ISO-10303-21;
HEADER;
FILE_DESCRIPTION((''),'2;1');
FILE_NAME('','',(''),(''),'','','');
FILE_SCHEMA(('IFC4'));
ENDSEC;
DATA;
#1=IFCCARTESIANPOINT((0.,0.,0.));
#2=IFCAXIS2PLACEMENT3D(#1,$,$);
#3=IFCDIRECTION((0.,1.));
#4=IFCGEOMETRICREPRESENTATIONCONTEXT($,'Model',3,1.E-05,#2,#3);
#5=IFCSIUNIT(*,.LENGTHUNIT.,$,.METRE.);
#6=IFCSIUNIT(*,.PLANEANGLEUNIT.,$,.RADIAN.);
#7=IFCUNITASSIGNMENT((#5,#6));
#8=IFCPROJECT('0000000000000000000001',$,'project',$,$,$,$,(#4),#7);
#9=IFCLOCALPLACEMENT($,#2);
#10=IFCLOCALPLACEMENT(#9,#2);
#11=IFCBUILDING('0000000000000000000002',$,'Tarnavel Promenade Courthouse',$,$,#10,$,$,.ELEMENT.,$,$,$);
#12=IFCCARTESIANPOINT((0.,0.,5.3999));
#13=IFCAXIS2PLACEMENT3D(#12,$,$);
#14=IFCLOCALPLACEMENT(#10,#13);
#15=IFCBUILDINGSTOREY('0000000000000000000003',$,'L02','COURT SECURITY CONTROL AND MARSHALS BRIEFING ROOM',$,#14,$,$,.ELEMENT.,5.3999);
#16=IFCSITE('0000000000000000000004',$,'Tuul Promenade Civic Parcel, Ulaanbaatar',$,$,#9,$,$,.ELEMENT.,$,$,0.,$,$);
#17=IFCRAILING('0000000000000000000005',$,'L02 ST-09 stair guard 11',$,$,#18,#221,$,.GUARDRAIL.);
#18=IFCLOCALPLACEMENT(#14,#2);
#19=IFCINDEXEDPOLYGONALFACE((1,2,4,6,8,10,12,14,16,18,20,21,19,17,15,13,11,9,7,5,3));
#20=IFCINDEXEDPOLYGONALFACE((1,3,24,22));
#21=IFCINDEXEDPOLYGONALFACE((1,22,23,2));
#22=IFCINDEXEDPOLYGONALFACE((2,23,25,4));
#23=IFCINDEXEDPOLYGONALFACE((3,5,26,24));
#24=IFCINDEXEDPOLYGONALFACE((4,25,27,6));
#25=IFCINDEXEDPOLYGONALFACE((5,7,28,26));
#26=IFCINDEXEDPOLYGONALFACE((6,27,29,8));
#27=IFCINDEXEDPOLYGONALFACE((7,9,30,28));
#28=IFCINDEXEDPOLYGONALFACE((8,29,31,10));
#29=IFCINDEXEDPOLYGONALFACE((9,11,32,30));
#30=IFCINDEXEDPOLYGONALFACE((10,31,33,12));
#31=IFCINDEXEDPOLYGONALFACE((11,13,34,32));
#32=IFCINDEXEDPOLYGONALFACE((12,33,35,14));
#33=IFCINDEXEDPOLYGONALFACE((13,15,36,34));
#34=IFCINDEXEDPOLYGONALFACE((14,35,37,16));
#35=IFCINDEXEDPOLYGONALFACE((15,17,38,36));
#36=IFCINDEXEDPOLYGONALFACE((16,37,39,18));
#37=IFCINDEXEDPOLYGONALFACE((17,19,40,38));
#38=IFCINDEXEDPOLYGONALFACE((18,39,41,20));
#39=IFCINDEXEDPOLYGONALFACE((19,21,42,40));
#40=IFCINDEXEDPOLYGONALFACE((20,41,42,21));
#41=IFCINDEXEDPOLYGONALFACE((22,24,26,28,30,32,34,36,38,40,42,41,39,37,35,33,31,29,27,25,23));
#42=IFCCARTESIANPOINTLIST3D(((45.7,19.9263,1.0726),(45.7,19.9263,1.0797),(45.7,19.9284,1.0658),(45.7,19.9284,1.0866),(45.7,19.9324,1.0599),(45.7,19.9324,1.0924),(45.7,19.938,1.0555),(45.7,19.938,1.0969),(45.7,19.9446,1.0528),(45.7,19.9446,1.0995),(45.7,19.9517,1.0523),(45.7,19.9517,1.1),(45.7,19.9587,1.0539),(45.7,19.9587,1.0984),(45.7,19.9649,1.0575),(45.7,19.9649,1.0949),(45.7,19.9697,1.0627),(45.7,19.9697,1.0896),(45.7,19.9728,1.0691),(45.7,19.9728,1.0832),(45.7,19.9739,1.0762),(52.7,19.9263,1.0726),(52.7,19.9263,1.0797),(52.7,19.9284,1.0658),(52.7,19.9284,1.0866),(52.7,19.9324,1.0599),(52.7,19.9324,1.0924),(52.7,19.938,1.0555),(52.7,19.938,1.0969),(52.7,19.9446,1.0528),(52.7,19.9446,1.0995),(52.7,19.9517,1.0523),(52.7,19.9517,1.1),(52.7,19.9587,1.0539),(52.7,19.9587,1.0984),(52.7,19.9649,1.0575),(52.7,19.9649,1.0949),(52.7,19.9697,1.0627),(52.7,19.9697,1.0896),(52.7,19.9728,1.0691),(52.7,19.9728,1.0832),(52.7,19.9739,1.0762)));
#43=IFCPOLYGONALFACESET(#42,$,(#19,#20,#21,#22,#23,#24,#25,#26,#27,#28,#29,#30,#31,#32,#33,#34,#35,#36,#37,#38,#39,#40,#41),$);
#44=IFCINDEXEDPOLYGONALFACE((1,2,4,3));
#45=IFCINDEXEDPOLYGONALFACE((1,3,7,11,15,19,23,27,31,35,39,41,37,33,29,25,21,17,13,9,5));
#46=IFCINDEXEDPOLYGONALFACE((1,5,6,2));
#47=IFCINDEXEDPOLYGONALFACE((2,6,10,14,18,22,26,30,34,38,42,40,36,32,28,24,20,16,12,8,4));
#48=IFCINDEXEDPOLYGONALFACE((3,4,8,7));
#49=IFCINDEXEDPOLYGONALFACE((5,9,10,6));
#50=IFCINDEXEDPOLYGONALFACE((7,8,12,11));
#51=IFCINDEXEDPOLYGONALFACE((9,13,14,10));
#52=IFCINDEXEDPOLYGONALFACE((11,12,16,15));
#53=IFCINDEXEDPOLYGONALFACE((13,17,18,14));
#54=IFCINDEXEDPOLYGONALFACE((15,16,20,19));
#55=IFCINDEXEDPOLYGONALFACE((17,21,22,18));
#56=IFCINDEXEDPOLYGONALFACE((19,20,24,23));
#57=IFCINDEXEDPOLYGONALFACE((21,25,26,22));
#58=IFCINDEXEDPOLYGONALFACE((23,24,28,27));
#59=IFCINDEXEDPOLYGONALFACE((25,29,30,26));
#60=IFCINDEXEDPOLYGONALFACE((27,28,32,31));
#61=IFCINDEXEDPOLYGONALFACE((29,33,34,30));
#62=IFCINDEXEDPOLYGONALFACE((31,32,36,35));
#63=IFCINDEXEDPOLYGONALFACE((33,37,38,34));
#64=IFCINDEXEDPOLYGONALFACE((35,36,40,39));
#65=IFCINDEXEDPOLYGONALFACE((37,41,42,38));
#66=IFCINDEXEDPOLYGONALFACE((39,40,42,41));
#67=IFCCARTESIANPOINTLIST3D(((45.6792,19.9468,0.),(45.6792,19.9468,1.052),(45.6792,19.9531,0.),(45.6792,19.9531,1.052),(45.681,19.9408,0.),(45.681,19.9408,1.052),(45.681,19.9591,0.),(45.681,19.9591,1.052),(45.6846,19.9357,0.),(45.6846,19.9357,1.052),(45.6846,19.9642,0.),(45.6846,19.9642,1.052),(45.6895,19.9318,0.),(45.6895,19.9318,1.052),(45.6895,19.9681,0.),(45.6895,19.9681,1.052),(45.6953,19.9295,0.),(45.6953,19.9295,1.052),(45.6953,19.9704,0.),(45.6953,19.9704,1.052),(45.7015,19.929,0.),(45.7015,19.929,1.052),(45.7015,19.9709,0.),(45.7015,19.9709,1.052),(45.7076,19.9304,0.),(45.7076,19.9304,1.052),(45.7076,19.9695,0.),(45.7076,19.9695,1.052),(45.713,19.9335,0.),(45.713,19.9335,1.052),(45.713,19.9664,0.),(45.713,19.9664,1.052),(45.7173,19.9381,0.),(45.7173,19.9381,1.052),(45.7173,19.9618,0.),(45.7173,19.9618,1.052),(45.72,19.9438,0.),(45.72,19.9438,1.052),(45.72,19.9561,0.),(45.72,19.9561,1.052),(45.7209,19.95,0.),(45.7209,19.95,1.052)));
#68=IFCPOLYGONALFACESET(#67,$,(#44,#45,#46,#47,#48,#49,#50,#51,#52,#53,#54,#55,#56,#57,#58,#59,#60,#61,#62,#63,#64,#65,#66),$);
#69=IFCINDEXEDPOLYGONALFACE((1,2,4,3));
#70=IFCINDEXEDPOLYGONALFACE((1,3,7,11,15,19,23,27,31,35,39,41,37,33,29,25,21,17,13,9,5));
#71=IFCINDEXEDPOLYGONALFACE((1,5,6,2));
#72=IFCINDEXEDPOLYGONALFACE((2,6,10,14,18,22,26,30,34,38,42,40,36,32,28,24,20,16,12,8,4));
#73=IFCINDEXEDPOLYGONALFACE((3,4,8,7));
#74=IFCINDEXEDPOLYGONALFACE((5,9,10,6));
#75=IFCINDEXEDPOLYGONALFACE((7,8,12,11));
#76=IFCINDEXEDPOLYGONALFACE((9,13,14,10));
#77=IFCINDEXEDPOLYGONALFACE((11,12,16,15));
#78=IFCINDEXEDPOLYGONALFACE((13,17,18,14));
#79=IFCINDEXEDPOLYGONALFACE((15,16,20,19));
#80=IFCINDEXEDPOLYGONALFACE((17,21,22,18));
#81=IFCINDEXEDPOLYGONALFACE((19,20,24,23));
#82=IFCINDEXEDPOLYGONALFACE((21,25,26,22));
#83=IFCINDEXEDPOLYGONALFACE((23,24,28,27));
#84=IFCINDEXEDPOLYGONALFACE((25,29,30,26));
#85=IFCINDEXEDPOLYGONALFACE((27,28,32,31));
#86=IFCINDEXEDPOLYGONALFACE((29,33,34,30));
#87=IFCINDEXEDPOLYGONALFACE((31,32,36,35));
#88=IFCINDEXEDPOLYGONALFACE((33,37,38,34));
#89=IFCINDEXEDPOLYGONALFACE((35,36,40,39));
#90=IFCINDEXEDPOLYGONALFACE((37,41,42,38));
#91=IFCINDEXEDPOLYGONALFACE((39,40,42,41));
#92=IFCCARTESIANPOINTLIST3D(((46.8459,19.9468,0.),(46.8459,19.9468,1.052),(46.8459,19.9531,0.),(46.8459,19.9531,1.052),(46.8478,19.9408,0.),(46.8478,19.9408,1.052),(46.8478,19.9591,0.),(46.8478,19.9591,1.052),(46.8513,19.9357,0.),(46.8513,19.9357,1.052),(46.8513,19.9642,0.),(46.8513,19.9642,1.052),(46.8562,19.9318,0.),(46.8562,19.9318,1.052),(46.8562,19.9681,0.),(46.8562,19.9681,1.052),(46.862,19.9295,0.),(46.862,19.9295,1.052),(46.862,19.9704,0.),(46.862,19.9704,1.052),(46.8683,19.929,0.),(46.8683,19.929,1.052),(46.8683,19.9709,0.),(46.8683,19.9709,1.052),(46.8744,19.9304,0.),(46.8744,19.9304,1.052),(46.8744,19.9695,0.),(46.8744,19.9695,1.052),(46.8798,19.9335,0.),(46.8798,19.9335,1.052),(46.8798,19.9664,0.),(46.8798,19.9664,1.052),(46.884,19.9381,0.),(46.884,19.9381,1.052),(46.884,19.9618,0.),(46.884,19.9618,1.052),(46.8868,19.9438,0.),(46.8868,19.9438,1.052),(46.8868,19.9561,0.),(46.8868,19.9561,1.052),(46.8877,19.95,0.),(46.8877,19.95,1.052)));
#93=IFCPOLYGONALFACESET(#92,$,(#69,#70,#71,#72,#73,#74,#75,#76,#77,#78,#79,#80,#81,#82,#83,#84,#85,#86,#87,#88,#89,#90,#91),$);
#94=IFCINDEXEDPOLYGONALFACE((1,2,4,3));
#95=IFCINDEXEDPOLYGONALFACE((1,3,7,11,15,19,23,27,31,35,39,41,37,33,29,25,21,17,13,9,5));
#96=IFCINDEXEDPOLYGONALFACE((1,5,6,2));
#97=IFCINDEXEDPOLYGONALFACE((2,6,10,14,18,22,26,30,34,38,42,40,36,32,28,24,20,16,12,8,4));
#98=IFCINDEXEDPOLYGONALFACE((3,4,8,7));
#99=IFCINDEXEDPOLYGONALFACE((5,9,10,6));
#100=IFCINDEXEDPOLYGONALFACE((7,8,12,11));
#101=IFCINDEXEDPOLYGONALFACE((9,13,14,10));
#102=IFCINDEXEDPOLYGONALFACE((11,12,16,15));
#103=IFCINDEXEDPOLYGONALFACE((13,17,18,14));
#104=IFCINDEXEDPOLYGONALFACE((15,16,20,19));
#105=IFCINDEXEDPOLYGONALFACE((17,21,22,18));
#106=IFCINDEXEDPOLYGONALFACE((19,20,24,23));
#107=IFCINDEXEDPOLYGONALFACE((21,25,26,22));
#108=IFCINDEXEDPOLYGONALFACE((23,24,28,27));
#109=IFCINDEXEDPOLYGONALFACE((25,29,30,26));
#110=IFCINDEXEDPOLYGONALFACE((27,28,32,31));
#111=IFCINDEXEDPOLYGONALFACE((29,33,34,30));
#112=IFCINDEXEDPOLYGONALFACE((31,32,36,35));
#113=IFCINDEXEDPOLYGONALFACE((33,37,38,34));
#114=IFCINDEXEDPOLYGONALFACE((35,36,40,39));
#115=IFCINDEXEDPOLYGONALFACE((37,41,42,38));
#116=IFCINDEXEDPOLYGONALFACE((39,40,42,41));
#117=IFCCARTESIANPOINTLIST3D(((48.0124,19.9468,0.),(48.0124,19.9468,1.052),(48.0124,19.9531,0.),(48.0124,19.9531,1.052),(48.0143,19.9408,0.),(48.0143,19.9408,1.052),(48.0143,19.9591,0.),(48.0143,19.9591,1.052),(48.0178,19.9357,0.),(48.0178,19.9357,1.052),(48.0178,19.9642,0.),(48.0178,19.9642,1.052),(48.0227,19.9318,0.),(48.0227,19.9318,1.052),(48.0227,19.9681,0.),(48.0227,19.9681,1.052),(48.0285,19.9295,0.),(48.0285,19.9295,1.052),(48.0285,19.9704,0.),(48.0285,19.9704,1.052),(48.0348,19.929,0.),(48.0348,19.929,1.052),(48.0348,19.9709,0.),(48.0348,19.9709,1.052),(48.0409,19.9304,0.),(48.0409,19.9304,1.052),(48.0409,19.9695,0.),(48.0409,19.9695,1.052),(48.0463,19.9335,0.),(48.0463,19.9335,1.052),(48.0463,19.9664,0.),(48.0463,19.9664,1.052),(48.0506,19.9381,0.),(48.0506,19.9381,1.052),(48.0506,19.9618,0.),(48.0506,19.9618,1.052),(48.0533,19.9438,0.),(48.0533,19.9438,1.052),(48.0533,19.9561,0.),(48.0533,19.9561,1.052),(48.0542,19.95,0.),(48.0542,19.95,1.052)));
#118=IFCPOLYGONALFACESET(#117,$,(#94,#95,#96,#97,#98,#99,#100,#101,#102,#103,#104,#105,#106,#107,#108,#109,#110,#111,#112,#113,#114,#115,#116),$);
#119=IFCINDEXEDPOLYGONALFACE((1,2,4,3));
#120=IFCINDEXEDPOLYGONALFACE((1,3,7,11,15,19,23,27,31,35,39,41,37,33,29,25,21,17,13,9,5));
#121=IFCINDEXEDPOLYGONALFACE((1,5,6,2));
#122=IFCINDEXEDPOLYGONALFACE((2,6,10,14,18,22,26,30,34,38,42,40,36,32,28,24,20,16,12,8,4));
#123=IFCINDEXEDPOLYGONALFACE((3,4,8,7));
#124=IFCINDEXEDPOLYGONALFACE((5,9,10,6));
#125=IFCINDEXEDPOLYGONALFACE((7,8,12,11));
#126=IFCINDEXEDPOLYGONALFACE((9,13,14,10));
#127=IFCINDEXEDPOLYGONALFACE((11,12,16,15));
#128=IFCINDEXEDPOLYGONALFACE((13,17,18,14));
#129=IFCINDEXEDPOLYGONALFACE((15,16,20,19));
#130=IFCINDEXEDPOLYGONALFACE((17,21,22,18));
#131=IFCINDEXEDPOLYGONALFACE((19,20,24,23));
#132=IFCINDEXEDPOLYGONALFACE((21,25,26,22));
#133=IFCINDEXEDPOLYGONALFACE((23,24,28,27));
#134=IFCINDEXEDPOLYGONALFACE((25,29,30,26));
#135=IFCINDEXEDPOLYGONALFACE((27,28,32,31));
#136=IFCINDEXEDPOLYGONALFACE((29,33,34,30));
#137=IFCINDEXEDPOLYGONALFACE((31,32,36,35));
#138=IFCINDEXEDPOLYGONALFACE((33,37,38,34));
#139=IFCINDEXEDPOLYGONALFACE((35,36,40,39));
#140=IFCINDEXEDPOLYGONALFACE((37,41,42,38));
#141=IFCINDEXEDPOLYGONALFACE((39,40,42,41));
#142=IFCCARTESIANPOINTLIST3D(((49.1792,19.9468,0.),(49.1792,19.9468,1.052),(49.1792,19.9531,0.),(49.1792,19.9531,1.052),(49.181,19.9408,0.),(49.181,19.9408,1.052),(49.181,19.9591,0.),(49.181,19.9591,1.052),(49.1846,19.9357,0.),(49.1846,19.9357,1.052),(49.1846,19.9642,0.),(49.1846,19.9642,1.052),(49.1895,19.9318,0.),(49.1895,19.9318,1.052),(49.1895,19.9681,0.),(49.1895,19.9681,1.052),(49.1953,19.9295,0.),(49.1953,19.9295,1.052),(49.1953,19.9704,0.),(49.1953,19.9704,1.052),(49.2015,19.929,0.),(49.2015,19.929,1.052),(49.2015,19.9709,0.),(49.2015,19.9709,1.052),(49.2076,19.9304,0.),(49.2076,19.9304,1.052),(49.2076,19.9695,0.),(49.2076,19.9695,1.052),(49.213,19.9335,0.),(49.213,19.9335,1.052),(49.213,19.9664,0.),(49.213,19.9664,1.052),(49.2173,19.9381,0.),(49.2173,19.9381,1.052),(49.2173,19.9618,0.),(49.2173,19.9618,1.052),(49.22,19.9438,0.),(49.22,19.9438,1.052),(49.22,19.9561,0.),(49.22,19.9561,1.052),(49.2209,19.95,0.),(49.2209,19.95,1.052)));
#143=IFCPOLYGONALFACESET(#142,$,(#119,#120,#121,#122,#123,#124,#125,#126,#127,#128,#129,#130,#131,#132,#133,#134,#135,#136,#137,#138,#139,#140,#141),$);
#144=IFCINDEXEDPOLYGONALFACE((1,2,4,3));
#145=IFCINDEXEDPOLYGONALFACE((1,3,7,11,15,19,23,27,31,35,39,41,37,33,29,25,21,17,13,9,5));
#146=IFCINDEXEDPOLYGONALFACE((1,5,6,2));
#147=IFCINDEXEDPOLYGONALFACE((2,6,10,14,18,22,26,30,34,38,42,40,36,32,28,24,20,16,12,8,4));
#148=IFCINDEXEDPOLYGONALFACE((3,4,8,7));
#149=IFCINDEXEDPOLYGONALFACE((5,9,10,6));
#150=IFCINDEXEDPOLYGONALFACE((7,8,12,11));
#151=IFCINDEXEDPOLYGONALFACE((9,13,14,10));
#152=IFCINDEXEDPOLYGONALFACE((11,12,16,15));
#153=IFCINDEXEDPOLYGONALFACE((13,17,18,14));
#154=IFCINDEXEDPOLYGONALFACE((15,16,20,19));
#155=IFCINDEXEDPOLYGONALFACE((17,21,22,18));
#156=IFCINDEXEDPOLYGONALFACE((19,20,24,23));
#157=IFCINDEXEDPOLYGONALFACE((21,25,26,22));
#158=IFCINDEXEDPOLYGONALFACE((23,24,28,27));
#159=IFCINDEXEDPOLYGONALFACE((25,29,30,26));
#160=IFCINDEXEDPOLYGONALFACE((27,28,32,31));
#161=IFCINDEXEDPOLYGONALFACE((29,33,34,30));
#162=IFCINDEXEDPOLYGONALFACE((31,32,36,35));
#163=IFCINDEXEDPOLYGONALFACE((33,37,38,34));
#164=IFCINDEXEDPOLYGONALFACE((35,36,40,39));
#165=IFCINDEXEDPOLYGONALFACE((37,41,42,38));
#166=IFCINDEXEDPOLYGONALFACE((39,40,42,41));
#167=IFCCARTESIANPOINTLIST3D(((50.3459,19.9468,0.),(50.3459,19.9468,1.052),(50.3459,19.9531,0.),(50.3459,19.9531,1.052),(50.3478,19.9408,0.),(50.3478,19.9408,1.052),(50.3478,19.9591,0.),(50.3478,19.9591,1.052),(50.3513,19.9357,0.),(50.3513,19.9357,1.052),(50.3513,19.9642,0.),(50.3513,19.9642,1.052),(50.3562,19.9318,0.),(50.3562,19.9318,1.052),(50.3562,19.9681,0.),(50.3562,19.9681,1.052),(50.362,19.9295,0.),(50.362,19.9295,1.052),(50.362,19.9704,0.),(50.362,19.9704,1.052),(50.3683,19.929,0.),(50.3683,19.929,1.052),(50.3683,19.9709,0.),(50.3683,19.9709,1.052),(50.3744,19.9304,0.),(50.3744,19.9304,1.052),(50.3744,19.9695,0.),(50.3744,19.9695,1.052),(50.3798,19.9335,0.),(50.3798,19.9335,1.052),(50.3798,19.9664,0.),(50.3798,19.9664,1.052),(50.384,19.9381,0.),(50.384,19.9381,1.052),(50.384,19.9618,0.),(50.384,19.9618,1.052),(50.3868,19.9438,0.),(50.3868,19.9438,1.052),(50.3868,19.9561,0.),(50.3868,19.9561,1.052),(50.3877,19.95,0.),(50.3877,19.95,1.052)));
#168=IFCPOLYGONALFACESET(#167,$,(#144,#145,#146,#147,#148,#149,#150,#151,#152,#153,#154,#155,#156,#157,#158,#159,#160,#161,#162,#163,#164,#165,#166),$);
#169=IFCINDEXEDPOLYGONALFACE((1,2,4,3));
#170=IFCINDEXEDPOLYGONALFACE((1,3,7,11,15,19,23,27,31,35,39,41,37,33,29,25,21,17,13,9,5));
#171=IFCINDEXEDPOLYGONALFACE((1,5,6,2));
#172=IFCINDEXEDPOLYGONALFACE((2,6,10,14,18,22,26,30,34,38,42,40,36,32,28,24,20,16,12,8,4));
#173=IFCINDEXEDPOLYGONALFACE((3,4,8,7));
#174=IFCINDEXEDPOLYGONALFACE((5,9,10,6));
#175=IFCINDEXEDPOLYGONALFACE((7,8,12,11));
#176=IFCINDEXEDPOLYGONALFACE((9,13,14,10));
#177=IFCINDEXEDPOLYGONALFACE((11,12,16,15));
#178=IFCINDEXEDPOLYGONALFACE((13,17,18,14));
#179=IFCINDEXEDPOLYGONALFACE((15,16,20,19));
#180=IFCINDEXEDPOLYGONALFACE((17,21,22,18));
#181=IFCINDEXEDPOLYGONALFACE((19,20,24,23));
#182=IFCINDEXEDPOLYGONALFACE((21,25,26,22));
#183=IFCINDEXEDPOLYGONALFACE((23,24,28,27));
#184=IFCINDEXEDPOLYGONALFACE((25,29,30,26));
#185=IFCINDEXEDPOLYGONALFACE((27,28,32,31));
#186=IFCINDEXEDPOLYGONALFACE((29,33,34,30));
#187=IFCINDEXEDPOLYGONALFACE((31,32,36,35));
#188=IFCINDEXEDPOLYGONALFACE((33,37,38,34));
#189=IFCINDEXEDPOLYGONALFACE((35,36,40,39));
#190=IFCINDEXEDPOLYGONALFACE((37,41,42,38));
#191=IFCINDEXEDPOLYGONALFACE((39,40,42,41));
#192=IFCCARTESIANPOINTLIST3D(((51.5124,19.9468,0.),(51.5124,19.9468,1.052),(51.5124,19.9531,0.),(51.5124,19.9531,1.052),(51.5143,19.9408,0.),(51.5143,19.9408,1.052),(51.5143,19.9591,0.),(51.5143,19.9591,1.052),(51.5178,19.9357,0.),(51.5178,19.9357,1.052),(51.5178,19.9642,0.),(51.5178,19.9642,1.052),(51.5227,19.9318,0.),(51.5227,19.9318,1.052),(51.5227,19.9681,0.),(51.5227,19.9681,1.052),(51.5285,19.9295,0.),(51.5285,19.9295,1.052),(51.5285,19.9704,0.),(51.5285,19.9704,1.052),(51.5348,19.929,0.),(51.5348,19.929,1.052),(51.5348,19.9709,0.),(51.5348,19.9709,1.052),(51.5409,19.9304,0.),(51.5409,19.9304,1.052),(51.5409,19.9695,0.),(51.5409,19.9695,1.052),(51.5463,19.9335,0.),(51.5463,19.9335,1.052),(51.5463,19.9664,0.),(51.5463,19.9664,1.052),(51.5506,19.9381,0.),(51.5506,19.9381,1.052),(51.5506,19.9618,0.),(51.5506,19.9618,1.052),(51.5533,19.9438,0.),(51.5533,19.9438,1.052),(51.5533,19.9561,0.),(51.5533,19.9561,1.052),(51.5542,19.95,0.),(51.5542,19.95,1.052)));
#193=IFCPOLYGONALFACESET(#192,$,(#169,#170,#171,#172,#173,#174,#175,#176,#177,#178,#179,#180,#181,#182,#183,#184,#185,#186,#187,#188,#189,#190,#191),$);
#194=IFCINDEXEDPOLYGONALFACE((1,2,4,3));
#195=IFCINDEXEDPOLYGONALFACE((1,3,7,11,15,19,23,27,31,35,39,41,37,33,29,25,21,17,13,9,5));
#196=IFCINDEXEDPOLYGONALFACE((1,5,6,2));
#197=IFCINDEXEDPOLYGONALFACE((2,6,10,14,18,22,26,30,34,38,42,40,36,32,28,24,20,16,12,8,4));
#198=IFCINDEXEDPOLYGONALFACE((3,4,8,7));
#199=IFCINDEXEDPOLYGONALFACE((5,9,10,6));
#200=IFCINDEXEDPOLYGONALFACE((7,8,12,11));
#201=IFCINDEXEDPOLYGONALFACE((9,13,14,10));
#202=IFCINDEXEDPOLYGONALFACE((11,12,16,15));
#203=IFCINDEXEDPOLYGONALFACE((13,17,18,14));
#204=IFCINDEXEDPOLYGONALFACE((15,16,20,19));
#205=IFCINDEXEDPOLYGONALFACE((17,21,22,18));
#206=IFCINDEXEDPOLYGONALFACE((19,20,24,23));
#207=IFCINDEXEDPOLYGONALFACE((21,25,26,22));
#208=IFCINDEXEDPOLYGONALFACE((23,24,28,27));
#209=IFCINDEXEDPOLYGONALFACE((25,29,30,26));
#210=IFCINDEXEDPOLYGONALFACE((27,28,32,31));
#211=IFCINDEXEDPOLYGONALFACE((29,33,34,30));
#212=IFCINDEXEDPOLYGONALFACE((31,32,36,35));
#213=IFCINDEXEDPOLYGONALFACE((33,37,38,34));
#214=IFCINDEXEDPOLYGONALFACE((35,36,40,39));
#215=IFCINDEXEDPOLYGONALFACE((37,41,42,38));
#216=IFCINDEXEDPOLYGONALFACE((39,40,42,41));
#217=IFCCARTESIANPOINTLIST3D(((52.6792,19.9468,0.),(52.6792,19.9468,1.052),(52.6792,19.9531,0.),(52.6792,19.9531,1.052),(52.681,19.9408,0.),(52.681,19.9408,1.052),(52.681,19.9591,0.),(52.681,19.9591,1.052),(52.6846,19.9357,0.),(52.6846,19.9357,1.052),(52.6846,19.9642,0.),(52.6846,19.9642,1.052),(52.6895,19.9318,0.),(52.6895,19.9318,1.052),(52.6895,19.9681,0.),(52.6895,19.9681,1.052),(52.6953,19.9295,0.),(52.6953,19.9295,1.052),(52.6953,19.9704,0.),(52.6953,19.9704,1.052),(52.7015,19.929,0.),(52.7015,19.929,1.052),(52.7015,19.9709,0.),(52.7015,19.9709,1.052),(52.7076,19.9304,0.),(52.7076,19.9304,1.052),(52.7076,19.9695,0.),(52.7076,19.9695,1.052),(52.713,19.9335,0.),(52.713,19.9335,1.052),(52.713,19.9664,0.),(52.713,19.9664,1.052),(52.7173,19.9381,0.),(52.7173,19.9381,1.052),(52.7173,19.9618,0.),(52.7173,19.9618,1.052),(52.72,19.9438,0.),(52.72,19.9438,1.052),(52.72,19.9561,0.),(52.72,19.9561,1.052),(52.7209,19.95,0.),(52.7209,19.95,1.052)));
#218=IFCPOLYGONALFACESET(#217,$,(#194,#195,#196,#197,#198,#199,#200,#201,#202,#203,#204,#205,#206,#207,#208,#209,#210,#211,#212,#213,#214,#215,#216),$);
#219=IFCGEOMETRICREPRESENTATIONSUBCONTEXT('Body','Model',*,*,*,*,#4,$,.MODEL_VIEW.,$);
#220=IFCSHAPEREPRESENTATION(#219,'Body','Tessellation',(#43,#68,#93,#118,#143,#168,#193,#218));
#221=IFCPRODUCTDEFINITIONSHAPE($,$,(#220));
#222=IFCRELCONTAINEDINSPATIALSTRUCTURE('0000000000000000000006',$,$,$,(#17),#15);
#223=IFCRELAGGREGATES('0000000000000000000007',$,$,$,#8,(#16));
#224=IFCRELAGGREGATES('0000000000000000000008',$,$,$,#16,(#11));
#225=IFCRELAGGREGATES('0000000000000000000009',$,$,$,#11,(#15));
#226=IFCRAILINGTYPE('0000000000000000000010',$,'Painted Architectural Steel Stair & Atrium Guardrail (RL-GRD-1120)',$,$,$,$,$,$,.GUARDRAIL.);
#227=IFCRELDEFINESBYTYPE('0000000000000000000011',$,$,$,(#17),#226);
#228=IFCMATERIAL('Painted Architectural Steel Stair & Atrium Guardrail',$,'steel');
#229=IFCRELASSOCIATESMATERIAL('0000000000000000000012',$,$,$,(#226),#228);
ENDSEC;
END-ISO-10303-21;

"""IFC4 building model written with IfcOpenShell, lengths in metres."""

from ifc_helpers import new_model, si_unit, direction, frame, origin, origin_2d, place, context, subcontext, project, spatial, circle, extrude, material, type_object, element, save


model = new_model("IFC4")

# Units and contexts
model_context = context("Model", 3, precision=1e-05, world=origin(), true_north=direction((0.0, 1.0)))
body_context = subcontext(model_context, "Body", "Model", "MODEL_VIEW")
ifc_project = project(units=[si_unit("LENGTHUNIT", "METRE"), si_unit("PLANEANGLEUNIT", "RADIAN")], contexts=[model_context])

# Site, building, storey
site_placement = place(None, origin())
site = spatial("IfcSite", under=ifc_project, at=site_placement, Name="Tuul Promenade Civic Parcel, Ulaanbaatar", CompositionType="ELEMENT", RefElevation=0.0)
building_placement = place(site_placement, origin())
building = spatial("IfcBuilding", under=site, at=building_placement, Name="Tarnavel Promenade Courthouse", CompositionType="ELEMENT")
storey_placement = place(building_placement, frame((0.0, 0.0, 5.3999)))
storey = spatial("IfcBuildingStorey", under=building, at=storey_placement, Name="L02", Description="COURT SECURITY CONTROL AND MARSHALS BRIEFING ROOM", CompositionType="ELEMENT", Elevation=5.3999)

# Railing
ifc_material_1 = material(Name="Painted Architectural Steel Stair & Atrium Guardrail", Category="steel")
railing_type_1 = type_object("IfcRailingType", Name="Painted Architectural Steel Stair & Atrium Guardrail (RL-GRD-1120)", PredefinedType="GUARDRAIL", material=ifc_material_1)
railing_1_placement = place(storey_placement, frame((45.7, 19.95, 0.0)))
element("IfcRailing", 1, at=railing_1_placement, inside=storey, type_object=railing_type_1, Name="L02 ST-09 stair guard 11", PredefinedType="GUARDRAIL", context=body_context, shape_type="SweptSolid", body=[
    extrude(circle(Radius=0.0239, at=origin_2d()), frame((0.0, 0.0, 1.0762), z_axis=(1.0, 0.0, 0.0), x_axis=(0.0, 1.0, 0.0)), (0.0, 0.0, 1.0), 7.0),
    extrude(circle(Radius=0.021, at=origin_2d()), origin(), (0.0, 0.0, 1.0), 1.052),
    extrude(circle(Radius=0.021, at=origin_2d()), frame((1.1667, 0.0, 0.0)), (0.0, 0.0, 1.0), 1.052),
    extrude(circle(Radius=0.021, at=origin_2d()), frame((2.3333, 0.0, 0.0)), (0.0, 0.0, 1.0), 1.052),
    extrude(circle(Radius=0.021, at=origin_2d()), frame((3.5, 0.0, 0.0)), (0.0, 0.0, 1.0), 1.052),
    extrude(circle(Radius=0.021, at=origin_2d()), frame((4.6667, 0.0, 0.0)), (0.0, 0.0, 1.0), 1.052),
    extrude(circle(Radius=0.021, at=origin_2d()), frame((5.8333, 0.0, 0.0)), (0.0, 0.0, 1.0), 1.052),
    extrude(circle(Radius=0.021, at=origin_2d()), frame((7.0, 0.0, 0.0)), (0.0, 0.0, 1.0), 1.052),
])

save(model, "model.ifc")
